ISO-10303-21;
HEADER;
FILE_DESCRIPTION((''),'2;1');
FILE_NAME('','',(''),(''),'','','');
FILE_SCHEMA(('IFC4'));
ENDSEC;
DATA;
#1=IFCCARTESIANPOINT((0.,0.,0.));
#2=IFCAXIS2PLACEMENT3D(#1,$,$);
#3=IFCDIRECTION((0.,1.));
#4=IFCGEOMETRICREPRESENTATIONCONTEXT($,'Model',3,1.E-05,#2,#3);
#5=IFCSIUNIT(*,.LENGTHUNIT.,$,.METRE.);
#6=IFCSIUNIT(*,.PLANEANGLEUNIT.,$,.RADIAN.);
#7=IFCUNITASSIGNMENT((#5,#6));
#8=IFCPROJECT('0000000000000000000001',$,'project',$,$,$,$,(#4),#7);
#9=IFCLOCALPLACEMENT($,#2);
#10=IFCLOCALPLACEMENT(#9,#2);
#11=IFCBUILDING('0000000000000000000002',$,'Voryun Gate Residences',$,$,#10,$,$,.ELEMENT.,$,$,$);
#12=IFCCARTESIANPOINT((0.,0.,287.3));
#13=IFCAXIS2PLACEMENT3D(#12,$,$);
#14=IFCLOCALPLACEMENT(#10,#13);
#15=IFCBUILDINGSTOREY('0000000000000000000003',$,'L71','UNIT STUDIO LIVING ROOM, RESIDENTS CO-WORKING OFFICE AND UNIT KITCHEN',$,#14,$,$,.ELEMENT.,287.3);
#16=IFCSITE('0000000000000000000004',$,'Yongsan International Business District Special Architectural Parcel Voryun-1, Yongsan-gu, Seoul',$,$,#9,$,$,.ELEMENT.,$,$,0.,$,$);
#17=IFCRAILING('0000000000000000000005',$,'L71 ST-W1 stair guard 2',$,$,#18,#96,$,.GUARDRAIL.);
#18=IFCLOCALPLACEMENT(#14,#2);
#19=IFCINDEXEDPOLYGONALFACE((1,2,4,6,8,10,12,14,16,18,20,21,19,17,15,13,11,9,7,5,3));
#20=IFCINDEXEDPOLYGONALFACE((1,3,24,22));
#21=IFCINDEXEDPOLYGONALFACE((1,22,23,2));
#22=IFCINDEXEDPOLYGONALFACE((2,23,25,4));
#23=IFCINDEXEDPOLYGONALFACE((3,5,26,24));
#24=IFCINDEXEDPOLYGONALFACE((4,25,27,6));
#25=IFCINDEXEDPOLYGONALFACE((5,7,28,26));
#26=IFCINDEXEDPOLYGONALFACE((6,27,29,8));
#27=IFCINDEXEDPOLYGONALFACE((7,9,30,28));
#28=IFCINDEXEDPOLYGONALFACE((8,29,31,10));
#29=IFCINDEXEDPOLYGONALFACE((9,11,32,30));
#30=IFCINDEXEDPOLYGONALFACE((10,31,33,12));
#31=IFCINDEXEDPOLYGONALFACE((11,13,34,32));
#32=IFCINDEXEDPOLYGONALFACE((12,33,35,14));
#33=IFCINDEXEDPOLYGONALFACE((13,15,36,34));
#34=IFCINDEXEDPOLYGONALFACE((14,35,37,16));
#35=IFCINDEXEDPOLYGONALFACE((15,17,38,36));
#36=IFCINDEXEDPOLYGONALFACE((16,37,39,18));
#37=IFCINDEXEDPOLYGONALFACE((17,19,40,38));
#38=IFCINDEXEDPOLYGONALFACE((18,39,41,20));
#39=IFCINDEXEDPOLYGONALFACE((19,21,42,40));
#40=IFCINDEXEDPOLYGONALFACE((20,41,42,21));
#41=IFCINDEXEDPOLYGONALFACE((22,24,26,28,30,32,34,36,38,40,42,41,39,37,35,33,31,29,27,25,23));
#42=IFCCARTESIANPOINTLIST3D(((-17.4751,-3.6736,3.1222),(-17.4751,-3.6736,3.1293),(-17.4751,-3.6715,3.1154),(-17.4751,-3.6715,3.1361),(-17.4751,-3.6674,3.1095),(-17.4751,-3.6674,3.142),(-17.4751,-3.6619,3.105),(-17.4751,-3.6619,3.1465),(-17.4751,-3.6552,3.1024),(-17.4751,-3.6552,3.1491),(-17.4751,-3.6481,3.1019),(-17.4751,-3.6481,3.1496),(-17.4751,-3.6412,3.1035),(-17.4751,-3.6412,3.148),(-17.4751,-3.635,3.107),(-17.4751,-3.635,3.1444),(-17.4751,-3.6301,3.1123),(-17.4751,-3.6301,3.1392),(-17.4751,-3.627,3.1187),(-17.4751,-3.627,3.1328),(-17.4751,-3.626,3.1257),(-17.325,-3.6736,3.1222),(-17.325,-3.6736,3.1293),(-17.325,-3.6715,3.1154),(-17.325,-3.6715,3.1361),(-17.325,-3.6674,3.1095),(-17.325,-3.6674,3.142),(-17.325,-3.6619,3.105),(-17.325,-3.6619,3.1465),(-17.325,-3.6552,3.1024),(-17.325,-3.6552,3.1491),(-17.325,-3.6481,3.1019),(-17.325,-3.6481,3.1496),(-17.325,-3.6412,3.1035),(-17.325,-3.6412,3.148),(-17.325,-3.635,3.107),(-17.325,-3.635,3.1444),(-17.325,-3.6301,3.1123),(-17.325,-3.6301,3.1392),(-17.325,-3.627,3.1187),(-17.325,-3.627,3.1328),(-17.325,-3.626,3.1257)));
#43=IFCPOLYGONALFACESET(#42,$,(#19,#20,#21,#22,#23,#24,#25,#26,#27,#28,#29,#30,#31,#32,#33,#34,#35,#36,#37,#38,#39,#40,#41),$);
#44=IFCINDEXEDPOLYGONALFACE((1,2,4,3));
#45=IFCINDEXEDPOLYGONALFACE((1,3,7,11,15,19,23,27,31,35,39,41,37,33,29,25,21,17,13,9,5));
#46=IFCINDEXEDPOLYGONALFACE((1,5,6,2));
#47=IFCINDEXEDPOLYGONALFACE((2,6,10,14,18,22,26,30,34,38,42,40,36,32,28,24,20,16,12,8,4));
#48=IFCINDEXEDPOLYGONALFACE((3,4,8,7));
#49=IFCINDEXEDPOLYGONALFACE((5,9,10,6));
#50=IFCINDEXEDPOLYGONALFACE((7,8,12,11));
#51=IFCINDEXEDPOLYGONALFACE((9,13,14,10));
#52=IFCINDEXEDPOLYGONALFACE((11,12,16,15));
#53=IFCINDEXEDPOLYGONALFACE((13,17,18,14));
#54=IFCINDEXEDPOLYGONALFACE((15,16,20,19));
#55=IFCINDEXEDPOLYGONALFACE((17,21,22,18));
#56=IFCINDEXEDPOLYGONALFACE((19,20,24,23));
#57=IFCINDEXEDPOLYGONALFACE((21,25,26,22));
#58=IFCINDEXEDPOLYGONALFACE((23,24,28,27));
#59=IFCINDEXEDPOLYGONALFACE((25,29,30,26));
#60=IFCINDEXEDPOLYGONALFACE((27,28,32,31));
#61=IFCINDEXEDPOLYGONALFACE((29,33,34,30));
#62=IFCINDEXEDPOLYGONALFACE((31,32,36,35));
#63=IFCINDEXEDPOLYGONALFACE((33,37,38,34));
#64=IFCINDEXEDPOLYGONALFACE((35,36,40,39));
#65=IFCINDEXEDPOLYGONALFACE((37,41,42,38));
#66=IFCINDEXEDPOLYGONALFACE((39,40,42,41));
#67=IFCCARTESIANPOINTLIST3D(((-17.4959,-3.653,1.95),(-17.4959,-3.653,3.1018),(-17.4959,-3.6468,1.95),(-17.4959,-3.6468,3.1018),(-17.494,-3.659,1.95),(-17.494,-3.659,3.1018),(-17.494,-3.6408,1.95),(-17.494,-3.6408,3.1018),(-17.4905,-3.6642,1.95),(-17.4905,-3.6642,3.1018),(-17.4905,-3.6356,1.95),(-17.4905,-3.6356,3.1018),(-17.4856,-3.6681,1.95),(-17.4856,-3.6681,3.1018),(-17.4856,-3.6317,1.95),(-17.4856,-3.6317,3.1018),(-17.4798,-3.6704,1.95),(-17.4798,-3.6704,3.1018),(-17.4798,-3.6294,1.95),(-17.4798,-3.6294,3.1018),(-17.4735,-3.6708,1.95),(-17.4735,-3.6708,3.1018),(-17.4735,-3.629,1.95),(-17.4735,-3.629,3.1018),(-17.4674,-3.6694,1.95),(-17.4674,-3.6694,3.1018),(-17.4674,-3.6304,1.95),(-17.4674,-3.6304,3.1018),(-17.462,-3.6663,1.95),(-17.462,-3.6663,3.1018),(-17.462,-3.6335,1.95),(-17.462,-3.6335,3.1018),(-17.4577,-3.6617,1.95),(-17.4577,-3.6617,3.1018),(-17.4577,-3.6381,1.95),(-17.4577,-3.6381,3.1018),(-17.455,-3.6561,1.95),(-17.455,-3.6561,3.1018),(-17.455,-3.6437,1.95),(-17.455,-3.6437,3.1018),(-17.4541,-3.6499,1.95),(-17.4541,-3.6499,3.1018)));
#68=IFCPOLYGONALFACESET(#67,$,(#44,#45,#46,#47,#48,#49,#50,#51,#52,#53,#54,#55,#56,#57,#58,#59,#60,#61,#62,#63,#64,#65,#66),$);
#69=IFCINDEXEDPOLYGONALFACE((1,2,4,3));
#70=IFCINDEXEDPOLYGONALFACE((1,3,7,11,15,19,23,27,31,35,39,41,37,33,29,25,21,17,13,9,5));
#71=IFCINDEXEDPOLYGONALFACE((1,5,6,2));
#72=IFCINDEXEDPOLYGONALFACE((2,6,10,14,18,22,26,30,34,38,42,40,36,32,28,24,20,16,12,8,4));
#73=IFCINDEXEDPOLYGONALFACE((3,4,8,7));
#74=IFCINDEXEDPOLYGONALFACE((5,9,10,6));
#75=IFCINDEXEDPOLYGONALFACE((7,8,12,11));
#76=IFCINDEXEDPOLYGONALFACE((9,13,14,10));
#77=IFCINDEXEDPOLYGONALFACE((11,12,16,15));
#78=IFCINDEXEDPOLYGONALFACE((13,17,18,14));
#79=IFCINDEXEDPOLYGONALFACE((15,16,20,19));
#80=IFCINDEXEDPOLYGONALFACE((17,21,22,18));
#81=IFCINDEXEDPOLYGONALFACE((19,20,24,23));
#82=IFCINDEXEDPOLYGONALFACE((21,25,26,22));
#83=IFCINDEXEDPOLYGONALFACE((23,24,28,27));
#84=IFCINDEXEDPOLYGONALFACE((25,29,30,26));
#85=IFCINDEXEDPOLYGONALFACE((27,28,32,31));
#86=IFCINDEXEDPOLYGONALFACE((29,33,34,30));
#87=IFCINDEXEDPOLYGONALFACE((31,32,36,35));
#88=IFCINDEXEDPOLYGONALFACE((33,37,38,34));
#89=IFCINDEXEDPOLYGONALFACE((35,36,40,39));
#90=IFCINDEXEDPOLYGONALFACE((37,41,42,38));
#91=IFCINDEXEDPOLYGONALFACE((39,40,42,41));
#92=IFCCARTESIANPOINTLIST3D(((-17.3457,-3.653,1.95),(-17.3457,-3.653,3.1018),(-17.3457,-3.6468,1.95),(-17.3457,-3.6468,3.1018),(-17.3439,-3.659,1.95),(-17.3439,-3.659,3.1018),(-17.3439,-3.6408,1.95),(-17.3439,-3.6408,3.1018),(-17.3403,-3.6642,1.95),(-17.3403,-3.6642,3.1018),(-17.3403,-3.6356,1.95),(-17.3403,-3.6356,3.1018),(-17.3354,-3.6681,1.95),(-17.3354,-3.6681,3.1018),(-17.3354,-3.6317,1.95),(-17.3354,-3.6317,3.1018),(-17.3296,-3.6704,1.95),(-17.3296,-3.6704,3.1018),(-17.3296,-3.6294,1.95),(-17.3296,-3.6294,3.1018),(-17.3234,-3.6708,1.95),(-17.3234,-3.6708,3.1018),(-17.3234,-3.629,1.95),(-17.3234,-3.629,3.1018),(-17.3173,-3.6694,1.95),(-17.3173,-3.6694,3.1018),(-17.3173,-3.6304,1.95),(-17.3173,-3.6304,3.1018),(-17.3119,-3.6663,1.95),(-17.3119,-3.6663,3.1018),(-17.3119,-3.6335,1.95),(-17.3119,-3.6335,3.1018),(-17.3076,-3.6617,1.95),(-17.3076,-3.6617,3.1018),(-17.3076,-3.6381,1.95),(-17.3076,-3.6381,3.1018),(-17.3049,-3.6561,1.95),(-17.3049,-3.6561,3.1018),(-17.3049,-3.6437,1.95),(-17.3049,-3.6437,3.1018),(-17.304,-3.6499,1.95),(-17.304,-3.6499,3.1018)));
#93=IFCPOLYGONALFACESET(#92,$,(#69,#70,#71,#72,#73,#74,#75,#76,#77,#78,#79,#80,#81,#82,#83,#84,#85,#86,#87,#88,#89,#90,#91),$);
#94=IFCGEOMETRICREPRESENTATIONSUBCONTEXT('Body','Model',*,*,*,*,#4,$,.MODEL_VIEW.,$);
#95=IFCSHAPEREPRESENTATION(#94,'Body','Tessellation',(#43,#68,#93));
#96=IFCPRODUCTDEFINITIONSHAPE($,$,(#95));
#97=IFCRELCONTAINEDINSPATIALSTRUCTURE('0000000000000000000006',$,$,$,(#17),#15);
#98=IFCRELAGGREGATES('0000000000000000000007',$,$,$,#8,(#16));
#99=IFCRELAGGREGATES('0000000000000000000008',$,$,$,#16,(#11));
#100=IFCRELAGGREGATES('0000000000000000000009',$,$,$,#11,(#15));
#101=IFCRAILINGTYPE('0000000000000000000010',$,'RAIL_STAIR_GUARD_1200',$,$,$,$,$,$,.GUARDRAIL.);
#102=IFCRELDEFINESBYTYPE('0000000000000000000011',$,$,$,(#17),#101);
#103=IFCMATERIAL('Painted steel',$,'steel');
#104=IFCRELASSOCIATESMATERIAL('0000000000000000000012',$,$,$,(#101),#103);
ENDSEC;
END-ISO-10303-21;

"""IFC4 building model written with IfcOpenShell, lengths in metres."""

from ifc_helpers import new_model, si_unit, direction, frame, origin, origin_2d, place, context, subcontext, project, spatial, circle, extrude, material, type_object, element, save


model = new_model("IFC4")

# Units and contexts
model_context = context("Model", 3, precision=1e-05, world=origin(), true_north=direction((0.0, 1.0)))
body_context = subcontext(model_context, "Body", "Model", "MODEL_VIEW")
ifc_project = project(units=[si_unit("LENGTHUNIT", "METRE"), si_unit("PLANEANGLEUNIT", "RADIAN")], contexts=[model_context])

# Site, building, storey
site_placement = place(None, origin())
site = spatial("IfcSite", under=ifc_project, at=site_placement, Name="Yongsan International Business District Special Architectural Parcel Voryun-1, Yongsan-gu, Seoul", CompositionType="ELEMENT", RefElevation=0.0)
building_placement = place(site_placement, origin())
building = spatial("IfcBuilding", under=site, at=building_placement, Name="Voryun Gate Residences", CompositionType="ELEMENT")
storey_placement = place(building_placement, frame((0.0, 0.0, 287.3)))
storey = spatial("IfcBuildingStorey", under=building, at=storey_placement, Name="L71", Description="UNIT STUDIO LIVING ROOM, RESIDENTS CO-WORKING OFFICE AND UNIT KITCHEN", CompositionType="ELEMENT", Elevation=287.3)

# Railing
ifc_material_1 = material(Name="Painted steel", Category="steel")
railing_type_1 = type_object("IfcRailingType", Name="RAIL_STAIR_GUARD_1200", PredefinedType="GUARDRAIL", material=ifc_material_1)
railing_1_placement = place(storey_placement, frame((-17.4751, -3.6499, 1.95)))
element("IfcRailing", 1, at=railing_1_placement, inside=storey, type_object=railing_type_1, Name="L71 ST-W1 stair guard 2", PredefinedType="GUARDRAIL", context=body_context, shape_type="SweptSolid", body=[
    extrude(circle(Radius=0.0239, at=origin_2d()), frame((0.0, 0.0, 1.1758), z_axis=(1.0, 0.0, 0.0), x_axis=(0.0, 1.0, 0.0)), (0.0, 0.0, 1.0), 0.1501),
    extrude(circle(Radius=0.021, at=origin_2d()), origin(), (0.0, 0.0, 1.0), 1.1519),
    extrude(circle(Radius=0.021, at=origin_2d()), frame((0.1501, 0.0, 0.0)), (0.0, 0.0, 1.0), 1.1519),
])

save(model, "model.ifc")
